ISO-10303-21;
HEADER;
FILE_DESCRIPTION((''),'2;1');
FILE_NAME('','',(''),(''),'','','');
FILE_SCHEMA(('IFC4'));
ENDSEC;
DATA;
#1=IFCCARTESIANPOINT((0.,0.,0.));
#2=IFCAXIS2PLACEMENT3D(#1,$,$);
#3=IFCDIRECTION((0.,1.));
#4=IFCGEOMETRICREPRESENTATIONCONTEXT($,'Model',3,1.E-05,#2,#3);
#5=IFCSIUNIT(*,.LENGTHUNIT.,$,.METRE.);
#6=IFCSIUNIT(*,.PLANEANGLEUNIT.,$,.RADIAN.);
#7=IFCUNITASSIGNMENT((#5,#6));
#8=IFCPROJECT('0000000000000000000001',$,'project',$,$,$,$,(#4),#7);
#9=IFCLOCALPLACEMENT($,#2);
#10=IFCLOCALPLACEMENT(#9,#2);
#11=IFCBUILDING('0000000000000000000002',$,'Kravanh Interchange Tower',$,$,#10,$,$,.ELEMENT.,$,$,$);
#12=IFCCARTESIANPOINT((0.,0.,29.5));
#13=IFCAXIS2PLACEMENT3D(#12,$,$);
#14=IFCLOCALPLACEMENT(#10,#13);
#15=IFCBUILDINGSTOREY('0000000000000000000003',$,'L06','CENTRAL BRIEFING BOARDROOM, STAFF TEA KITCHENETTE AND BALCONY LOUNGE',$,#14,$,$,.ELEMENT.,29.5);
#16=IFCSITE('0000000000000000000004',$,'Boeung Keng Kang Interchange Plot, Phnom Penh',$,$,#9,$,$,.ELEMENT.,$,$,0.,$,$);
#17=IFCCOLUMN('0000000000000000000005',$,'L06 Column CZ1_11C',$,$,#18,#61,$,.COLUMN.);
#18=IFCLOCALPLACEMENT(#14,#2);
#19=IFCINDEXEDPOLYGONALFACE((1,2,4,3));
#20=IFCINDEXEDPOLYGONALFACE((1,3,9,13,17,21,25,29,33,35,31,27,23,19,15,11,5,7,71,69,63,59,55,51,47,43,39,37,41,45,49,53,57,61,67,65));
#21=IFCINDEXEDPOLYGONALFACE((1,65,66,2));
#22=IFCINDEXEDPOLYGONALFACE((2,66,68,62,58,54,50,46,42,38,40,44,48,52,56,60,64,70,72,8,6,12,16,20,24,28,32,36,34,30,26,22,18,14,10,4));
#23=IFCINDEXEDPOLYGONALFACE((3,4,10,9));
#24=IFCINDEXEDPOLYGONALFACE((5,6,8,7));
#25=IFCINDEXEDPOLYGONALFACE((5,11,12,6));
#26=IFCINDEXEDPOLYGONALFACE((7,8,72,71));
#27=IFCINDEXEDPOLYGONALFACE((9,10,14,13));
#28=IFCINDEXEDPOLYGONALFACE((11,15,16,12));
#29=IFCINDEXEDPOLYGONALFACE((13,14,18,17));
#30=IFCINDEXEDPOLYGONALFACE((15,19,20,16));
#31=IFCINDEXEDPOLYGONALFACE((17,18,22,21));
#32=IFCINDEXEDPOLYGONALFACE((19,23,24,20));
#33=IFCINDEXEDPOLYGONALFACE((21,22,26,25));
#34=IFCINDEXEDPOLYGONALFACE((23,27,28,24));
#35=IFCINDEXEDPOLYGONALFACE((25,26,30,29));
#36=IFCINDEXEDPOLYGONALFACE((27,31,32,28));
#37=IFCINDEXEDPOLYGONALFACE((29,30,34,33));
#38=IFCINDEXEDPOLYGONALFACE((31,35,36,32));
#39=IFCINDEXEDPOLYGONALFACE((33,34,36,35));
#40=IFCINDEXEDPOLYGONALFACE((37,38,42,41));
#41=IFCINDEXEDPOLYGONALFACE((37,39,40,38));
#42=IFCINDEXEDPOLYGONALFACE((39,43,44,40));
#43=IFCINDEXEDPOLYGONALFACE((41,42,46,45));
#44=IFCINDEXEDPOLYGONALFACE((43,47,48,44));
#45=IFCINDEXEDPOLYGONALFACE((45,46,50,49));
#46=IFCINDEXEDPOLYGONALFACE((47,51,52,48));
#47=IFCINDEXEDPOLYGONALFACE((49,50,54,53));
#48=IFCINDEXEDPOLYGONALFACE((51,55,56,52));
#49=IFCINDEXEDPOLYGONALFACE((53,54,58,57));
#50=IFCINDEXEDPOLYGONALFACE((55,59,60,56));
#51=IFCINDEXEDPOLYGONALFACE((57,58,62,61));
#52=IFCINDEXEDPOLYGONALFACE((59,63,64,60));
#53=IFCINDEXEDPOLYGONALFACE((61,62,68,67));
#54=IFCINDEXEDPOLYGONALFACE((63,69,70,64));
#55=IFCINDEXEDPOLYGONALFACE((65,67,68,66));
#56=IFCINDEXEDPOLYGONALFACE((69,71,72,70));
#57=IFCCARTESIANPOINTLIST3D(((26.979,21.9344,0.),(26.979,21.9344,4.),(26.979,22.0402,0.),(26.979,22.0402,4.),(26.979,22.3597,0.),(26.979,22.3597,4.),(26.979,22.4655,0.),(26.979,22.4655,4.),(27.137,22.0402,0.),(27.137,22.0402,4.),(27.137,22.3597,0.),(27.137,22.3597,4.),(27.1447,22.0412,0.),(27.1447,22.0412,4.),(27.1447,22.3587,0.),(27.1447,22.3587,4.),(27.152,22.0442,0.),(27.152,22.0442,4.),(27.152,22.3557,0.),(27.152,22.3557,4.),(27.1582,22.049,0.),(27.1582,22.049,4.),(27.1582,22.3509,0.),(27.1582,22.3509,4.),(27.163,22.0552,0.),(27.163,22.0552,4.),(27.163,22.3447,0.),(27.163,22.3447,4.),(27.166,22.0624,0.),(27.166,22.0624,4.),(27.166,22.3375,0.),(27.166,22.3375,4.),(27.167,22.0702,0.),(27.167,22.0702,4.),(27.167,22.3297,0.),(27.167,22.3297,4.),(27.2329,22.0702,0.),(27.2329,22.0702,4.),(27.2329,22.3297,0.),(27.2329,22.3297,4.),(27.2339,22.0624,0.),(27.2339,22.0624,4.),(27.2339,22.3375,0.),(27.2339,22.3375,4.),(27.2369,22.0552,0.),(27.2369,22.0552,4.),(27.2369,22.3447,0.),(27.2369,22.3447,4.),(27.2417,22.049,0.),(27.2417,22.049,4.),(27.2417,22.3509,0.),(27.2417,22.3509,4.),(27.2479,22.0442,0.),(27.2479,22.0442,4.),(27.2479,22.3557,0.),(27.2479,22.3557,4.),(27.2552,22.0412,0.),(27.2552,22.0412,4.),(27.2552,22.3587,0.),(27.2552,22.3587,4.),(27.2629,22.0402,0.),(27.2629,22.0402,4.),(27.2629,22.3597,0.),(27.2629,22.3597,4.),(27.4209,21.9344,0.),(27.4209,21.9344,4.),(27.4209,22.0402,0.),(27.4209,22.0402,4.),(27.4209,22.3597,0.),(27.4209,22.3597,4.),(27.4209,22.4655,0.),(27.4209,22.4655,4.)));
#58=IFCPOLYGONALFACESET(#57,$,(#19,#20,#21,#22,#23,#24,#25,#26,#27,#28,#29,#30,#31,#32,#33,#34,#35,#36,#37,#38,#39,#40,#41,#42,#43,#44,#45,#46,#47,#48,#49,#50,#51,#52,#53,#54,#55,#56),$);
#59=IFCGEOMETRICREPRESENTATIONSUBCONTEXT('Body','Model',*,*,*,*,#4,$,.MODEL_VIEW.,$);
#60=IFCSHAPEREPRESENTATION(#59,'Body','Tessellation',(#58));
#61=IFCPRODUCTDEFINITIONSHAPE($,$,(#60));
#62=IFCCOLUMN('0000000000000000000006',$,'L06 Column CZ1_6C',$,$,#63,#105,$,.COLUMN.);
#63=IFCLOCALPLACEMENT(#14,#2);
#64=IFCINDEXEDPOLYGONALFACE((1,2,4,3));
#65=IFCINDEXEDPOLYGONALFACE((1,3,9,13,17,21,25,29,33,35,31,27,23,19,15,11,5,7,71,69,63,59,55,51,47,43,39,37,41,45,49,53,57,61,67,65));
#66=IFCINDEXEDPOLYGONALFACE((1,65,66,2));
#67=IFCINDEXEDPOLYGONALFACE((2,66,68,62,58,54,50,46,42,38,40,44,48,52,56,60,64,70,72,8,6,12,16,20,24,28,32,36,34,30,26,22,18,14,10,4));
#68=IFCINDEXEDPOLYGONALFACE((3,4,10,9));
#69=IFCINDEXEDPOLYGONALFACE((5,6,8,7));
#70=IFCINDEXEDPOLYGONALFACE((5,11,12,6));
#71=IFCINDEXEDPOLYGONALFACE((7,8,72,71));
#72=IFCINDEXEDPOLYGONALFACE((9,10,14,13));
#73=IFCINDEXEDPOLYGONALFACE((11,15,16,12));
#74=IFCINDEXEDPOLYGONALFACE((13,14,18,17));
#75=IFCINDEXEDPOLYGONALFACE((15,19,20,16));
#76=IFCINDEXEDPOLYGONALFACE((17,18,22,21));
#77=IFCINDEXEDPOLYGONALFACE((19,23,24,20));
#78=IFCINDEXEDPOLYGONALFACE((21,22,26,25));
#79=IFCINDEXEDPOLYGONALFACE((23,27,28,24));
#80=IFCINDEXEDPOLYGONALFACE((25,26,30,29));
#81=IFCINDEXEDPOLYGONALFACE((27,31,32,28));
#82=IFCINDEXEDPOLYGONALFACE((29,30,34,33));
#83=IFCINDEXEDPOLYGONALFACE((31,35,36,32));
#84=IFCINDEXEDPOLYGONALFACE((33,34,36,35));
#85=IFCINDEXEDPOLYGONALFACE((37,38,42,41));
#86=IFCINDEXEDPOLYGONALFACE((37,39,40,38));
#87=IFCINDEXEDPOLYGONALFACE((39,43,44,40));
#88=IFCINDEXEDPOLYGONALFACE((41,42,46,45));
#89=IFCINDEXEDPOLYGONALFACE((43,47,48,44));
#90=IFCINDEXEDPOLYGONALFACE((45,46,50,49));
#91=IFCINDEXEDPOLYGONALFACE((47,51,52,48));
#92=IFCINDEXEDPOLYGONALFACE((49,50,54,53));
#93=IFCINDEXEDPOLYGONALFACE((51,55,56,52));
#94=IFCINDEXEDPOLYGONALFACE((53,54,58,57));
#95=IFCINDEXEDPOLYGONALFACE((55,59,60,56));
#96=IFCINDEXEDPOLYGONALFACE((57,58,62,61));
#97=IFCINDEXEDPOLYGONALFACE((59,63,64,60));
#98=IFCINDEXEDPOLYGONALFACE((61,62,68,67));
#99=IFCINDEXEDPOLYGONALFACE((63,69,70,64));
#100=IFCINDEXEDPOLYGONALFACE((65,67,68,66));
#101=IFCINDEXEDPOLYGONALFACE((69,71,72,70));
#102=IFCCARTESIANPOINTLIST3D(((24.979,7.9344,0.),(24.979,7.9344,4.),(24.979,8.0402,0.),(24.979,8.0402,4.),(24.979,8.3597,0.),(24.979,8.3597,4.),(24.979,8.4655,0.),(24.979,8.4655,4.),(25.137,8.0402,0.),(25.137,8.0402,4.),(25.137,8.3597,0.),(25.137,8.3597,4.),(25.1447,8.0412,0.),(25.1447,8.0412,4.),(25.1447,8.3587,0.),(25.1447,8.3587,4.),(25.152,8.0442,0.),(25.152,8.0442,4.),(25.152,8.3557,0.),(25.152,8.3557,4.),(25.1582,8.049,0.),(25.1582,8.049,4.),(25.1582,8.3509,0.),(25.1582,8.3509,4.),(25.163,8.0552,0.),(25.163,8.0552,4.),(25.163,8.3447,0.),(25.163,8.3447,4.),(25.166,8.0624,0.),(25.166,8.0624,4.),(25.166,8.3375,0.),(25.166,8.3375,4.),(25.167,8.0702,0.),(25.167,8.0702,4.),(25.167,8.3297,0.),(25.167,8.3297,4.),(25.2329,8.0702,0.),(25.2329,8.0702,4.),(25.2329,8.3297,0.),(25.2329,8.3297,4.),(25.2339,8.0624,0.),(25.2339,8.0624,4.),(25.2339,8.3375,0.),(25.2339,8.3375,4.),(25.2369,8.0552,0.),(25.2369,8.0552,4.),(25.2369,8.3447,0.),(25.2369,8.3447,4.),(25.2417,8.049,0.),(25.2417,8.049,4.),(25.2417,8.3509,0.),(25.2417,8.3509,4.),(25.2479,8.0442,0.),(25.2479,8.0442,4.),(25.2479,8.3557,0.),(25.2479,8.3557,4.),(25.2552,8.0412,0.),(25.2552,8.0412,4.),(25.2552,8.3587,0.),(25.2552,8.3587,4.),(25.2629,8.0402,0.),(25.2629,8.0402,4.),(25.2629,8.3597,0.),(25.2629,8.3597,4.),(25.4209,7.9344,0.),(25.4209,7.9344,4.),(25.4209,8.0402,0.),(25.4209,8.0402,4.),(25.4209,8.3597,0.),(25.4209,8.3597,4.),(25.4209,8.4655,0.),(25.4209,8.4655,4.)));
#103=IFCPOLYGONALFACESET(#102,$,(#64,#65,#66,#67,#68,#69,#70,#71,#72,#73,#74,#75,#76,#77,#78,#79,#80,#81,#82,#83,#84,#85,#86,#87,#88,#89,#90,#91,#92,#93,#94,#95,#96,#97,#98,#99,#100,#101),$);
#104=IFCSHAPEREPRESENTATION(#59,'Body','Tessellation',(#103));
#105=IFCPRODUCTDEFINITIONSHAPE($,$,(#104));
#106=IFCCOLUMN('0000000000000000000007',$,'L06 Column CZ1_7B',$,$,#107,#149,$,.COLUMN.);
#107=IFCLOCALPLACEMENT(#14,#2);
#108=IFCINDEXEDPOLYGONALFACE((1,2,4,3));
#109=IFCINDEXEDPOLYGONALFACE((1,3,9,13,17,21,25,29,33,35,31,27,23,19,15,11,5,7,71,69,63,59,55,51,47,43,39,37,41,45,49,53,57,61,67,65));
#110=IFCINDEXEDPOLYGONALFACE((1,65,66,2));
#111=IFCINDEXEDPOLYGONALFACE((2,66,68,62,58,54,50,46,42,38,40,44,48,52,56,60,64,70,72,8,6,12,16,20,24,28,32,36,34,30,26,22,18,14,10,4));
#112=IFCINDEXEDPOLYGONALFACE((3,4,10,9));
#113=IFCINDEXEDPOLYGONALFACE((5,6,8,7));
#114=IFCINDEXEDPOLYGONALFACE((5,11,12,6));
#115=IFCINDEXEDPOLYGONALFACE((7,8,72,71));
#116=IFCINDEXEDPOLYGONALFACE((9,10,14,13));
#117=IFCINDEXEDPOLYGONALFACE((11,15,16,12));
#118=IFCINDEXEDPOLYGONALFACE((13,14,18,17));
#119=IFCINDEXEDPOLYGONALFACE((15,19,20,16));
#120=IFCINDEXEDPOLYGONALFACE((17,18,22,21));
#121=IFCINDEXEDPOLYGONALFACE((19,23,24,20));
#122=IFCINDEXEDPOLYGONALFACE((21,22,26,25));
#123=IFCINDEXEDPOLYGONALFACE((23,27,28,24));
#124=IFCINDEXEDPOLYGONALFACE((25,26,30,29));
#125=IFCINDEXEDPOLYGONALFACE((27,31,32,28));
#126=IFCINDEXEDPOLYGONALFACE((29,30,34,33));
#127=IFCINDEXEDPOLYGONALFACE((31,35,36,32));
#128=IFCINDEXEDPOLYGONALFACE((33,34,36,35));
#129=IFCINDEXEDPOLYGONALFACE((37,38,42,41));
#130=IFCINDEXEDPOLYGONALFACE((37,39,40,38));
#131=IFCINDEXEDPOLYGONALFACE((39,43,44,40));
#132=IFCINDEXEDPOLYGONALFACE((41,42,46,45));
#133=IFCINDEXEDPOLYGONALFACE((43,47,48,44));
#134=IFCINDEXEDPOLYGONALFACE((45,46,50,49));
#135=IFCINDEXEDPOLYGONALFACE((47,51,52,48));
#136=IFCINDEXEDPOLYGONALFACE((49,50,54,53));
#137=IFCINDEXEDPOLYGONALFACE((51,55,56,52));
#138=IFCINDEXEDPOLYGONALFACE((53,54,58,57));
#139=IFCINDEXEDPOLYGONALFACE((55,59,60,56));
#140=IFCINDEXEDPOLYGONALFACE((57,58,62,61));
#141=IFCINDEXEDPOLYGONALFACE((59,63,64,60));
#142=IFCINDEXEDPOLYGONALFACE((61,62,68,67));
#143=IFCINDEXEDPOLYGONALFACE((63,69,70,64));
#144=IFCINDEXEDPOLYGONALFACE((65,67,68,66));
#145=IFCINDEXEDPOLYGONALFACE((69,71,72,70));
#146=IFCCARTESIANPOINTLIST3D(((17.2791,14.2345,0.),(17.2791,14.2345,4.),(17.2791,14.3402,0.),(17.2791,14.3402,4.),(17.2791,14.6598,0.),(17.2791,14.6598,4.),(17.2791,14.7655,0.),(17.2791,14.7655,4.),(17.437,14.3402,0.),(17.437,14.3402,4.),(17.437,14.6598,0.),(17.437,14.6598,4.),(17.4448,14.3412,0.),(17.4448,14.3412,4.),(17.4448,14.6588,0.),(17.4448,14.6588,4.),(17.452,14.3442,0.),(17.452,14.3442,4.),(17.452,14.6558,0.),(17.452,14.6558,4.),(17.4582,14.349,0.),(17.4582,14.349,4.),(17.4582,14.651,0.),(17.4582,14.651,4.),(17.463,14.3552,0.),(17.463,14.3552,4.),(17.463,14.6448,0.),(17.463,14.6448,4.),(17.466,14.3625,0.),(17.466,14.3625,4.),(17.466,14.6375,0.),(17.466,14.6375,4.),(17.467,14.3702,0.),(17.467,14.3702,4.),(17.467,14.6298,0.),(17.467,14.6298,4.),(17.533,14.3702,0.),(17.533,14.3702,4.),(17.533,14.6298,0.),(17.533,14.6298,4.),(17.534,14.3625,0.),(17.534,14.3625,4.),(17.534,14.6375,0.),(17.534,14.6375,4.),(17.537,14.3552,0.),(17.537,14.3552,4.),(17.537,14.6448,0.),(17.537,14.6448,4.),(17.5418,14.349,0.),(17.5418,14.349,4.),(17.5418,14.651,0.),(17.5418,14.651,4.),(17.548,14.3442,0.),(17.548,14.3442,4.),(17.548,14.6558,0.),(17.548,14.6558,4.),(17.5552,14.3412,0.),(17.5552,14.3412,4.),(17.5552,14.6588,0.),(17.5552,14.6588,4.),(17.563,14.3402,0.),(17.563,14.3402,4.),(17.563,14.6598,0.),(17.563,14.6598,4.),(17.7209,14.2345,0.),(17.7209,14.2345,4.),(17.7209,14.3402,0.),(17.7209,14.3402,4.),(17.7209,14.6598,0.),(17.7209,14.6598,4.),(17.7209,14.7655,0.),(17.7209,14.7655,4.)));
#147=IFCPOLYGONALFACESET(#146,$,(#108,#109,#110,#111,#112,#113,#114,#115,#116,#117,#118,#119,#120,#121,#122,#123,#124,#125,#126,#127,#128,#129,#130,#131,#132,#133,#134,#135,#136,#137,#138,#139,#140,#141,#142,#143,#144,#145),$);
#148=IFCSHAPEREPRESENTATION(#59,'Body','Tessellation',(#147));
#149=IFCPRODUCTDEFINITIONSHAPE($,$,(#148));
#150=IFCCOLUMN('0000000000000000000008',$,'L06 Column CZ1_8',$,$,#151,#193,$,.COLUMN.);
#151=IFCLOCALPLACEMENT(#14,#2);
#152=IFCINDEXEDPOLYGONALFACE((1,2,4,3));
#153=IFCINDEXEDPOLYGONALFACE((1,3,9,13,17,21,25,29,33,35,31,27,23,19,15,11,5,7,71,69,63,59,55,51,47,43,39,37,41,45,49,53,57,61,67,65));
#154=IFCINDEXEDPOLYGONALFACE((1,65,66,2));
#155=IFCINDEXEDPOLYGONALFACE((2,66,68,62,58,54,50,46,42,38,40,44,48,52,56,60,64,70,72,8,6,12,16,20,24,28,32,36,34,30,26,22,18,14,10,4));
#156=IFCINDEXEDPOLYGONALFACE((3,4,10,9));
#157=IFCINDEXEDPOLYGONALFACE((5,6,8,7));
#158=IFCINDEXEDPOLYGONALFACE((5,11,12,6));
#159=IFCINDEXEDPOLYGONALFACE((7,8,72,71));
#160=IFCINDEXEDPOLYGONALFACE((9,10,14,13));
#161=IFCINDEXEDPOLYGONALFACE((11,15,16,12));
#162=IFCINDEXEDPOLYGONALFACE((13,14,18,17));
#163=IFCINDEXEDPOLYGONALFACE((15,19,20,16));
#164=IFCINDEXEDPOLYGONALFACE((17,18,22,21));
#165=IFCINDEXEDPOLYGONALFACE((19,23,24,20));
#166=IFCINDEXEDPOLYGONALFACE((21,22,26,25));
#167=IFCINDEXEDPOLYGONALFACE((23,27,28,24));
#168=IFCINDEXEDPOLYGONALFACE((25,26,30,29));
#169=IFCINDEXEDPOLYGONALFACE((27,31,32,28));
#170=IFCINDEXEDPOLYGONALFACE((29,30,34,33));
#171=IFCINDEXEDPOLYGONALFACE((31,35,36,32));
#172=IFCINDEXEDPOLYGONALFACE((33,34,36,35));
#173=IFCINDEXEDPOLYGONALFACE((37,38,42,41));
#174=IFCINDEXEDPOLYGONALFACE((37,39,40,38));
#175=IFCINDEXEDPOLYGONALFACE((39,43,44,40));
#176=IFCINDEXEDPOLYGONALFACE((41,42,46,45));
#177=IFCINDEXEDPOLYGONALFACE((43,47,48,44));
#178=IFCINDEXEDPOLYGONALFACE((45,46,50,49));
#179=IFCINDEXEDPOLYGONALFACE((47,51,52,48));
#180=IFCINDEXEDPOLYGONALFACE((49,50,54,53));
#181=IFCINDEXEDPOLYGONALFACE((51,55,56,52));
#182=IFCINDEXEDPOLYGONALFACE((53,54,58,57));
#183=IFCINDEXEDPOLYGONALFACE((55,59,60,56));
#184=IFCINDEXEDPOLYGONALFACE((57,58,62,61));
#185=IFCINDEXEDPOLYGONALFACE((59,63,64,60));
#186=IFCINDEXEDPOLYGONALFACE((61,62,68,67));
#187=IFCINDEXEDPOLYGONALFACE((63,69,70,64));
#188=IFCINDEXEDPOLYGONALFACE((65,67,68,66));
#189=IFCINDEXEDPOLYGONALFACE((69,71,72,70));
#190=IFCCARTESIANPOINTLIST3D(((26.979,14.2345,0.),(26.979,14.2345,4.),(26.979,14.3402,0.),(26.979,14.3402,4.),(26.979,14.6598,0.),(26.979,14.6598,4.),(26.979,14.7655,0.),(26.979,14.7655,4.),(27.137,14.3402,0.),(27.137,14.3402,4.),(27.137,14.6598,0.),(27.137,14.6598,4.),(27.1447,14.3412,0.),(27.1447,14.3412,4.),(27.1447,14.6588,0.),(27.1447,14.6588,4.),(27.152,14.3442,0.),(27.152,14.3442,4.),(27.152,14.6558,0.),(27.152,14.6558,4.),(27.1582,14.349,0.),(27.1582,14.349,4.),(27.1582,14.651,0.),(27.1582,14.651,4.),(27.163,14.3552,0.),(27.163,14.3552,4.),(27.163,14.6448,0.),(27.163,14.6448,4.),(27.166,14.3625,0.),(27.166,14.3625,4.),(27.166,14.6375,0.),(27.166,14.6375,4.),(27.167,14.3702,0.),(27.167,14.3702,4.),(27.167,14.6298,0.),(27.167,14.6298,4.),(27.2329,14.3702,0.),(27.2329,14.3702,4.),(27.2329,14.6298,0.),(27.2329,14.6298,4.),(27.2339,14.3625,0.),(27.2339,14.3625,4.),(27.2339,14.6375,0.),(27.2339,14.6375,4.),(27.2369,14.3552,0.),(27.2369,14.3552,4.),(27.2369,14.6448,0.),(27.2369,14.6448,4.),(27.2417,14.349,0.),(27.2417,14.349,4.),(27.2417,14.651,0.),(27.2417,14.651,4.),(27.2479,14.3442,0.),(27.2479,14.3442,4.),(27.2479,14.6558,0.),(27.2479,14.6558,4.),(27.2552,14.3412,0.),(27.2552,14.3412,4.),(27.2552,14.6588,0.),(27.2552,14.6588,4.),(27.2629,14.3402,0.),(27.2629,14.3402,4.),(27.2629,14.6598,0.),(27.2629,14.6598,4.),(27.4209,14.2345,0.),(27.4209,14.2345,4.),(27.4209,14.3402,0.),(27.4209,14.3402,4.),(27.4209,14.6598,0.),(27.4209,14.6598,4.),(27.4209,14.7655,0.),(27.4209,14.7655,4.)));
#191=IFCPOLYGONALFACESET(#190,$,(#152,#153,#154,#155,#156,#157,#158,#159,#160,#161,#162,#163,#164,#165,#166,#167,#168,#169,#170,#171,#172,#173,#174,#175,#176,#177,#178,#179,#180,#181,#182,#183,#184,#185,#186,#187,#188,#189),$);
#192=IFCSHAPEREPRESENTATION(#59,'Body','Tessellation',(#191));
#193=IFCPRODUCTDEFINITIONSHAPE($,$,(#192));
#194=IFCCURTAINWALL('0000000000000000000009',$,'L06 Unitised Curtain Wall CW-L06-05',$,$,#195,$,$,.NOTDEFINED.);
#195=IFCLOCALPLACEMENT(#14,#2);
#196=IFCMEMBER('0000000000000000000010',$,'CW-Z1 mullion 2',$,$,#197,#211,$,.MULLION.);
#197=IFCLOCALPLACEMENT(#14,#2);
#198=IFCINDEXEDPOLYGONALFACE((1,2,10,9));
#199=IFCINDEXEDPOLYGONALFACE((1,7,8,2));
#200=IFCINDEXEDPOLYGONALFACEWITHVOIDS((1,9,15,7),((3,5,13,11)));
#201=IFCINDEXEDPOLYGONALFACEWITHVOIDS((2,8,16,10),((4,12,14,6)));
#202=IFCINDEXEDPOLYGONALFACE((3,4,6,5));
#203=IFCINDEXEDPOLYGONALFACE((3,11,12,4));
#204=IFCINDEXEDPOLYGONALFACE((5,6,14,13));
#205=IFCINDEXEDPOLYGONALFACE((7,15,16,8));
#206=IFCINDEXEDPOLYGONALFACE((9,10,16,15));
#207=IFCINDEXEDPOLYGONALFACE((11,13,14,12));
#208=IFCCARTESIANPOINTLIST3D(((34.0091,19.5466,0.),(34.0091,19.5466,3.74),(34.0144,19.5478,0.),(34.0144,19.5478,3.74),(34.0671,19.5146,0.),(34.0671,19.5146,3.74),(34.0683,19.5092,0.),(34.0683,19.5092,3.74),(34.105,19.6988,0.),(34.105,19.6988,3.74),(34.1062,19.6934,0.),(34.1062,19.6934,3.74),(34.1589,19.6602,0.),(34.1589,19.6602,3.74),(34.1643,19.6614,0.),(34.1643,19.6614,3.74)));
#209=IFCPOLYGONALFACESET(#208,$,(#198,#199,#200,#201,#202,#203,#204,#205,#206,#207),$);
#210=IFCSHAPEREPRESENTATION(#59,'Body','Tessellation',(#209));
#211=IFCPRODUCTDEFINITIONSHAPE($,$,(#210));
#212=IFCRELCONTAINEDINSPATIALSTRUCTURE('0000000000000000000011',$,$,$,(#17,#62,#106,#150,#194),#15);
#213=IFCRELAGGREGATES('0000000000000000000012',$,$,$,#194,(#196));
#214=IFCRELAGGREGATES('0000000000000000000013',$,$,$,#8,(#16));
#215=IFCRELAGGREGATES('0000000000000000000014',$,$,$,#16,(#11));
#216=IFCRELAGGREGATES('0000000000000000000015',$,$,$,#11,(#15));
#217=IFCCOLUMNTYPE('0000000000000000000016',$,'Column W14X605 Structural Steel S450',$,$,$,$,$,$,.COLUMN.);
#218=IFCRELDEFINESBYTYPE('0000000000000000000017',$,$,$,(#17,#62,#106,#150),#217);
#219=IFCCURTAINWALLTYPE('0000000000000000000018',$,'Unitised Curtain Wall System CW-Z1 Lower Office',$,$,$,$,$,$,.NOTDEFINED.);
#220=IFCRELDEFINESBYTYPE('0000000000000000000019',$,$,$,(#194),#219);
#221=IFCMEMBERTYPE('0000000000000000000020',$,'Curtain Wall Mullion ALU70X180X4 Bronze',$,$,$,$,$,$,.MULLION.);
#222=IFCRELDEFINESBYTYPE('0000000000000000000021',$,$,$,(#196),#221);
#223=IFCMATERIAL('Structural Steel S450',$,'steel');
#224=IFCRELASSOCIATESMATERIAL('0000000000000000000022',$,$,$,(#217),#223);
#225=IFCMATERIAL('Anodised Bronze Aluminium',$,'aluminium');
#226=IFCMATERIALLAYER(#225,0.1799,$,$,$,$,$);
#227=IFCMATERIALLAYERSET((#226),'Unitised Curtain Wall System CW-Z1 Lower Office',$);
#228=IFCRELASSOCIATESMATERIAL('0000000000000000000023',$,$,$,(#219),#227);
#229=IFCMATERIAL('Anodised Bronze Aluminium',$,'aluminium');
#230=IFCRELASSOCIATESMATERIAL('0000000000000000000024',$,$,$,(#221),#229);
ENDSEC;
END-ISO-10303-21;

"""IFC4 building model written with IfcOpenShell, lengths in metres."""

from ifc_helpers import new_model, si_unit, direction, frame, origin, origin_2d, place, context, subcontext, project, spatial, hollow_rectangle, i_section, extrude, material, layer, layer_set, material_profile, profile_set, type_object, element, aggregate, save


model = new_model("IFC4")

# Units and contexts
model_context = context("Model", 3, precision=1e-05, world=origin(), true_north=direction((0.0, 1.0)))
body_context = subcontext(model_context, "Body", "Model", "MODEL_VIEW")
ifc_project = project(units=[si_unit("LENGTHUNIT", "METRE"), si_unit("PLANEANGLEUNIT", "RADIAN")], contexts=[model_context])

# Site, building, storey
site_placement = place(None, origin())
site = spatial("IfcSite", under=ifc_project, at=site_placement, Name="Boeung Keng Kang Interchange Plot, Phnom Penh", CompositionType="ELEMENT", RefElevation=0.0)
building_placement = place(site_placement, origin())
building = spatial("IfcBuilding", under=site, at=building_placement, Name="Kravanh Interchange Tower", CompositionType="ELEMENT")
storey_placement = place(building_placement, frame((0.0, 0.0, 29.5)))
storey = spatial("IfcBuildingStorey", under=building, at=storey_placement, Name="L06", Description="CENTRAL BRIEFING BOARDROOM, STAFF TEA KITCHENETTE AND BALCONY LOUNGE", CompositionType="ELEMENT", Elevation=29.5)

# Columns
ifc_material_1 = material(Name="Structural Steel S450", Category="steel")
ifc_material_profile_1 = material_profile(ifc_material_1, i_section(OverallWidth=0.4419, OverallDepth=0.531, WebThickness=0.0659, FlangeThickness=0.1057, FilletRadius=0.03, at=origin_2d()), Name="W14X605")
ifc_profile_set_1 = profile_set([ifc_material_profile_1], Name="Structural Steel S450")
column_type = type_object("IfcColumnType", Name="Column W14X605 Structural Steel S450", PredefinedType="COLUMN", material=ifc_profile_set_1)
for number, where, z_axis, x_axis, name in (
    (1, (27.2, 22.2, 0.0), (0.0, 0.0, 1.0), (1.0, 0.0, 0.0), "L06 Column CZ1_11C"),
    (2, (25.2, 8.2, 0.0), (0.0, 0.0, 1.0), (1.0, 0.0, 0.0), "L06 Column CZ1_6C"),
    (3, (17.5, 14.5, 0.0), (0.0, 0.0, 1.0), (1.0, 0.0, 0.0), "L06 Column CZ1_7B"),
    (4, (27.2, 14.5, 0.0), (0.0, 0.0, 1.0), (1.0, 0.0, 0.0), "L06 Column CZ1_8"),
):
    element("IfcColumn", number, at=place(storey_placement, frame(where, z_axis=z_axis, x_axis=x_axis)), inside=storey, type_object=column_type, Name=name, PredefinedType="COLUMN", context=body_context, shape_type="SweptSolid", body=[
        extrude(i_section(OverallWidth=0.4419, OverallDepth=0.531, WebThickness=0.0659, FlangeThickness=0.1057, FilletRadius=0.03, at=origin_2d()), origin(), (0.0, 0.0, 1.0), 4.0),
    ])

# Curtain wall, member
ifc_material_2 = material(Name="Anodised Bronze Aluminium", Category="aluminium")
ifc_layer_1 = layer(ifc_material_2, 0.1799)
ifc_layer_set_1 = layer_set([ifc_layer_1], Name="Unitised Curtain Wall System CW-Z1 Lower Office")
curtain_wall_type = type_object("IfcCurtainWallType", Name="Unitised Curtain Wall System CW-Z1 Lower Office", PredefinedType="NOTDEFINED", material=ifc_layer_set_1)
curtain_wall_1_placement = place(storey_placement, origin())
curtain_wall_1 = element("IfcCurtainWall", 5, at=curtain_wall_1_placement, inside=storey, type_object=curtain_wall_type, Name="L06 Unitised Curtain Wall CW-L06-05", PredefinedType="NOTDEFINED")
ifc_material_3 = material(Name="Anodised Bronze Aluminium", Category="aluminium")
ifc_material_profile_2 = material_profile(ifc_material_3, hollow_rectangle(XDim=0.0701, YDim=0.1799, WallThickness=0.0039, at=origin_2d()), Name="ALU70X180X4")
ifc_profile_set_2 = profile_set([ifc_material_profile_2], Name="Anodised Bronze Aluminium")
member_type_1 = type_object("IfcMemberType", Name="Curtain Wall Mullion ALU70X180X4 Bronze", PredefinedType="MULLION", material=ifc_profile_set_2)
member_1_placement = place(storey_placement, frame((34.0867, 19.604, 0.0), z_axis=(0.0, 0.0, 1.0), x_axis=(0.845926, -0.533301, 0.0)))
member_1 = element("IfcMember", 6, at=member_1_placement, type_object=member_type_1, Name="CW-Z1 mullion 2", PredefinedType="MULLION", context=body_context, shape_type="SweptSolid", body=[
    extrude(hollow_rectangle(XDim=0.0701, YDim=0.1799, WallThickness=0.0039, at=origin_2d()), origin(), (0.0, 0.0, 1.0), 3.74),
])

aggregate(curtain_wall_1, [member_1])

save(model, "model.ifc")
